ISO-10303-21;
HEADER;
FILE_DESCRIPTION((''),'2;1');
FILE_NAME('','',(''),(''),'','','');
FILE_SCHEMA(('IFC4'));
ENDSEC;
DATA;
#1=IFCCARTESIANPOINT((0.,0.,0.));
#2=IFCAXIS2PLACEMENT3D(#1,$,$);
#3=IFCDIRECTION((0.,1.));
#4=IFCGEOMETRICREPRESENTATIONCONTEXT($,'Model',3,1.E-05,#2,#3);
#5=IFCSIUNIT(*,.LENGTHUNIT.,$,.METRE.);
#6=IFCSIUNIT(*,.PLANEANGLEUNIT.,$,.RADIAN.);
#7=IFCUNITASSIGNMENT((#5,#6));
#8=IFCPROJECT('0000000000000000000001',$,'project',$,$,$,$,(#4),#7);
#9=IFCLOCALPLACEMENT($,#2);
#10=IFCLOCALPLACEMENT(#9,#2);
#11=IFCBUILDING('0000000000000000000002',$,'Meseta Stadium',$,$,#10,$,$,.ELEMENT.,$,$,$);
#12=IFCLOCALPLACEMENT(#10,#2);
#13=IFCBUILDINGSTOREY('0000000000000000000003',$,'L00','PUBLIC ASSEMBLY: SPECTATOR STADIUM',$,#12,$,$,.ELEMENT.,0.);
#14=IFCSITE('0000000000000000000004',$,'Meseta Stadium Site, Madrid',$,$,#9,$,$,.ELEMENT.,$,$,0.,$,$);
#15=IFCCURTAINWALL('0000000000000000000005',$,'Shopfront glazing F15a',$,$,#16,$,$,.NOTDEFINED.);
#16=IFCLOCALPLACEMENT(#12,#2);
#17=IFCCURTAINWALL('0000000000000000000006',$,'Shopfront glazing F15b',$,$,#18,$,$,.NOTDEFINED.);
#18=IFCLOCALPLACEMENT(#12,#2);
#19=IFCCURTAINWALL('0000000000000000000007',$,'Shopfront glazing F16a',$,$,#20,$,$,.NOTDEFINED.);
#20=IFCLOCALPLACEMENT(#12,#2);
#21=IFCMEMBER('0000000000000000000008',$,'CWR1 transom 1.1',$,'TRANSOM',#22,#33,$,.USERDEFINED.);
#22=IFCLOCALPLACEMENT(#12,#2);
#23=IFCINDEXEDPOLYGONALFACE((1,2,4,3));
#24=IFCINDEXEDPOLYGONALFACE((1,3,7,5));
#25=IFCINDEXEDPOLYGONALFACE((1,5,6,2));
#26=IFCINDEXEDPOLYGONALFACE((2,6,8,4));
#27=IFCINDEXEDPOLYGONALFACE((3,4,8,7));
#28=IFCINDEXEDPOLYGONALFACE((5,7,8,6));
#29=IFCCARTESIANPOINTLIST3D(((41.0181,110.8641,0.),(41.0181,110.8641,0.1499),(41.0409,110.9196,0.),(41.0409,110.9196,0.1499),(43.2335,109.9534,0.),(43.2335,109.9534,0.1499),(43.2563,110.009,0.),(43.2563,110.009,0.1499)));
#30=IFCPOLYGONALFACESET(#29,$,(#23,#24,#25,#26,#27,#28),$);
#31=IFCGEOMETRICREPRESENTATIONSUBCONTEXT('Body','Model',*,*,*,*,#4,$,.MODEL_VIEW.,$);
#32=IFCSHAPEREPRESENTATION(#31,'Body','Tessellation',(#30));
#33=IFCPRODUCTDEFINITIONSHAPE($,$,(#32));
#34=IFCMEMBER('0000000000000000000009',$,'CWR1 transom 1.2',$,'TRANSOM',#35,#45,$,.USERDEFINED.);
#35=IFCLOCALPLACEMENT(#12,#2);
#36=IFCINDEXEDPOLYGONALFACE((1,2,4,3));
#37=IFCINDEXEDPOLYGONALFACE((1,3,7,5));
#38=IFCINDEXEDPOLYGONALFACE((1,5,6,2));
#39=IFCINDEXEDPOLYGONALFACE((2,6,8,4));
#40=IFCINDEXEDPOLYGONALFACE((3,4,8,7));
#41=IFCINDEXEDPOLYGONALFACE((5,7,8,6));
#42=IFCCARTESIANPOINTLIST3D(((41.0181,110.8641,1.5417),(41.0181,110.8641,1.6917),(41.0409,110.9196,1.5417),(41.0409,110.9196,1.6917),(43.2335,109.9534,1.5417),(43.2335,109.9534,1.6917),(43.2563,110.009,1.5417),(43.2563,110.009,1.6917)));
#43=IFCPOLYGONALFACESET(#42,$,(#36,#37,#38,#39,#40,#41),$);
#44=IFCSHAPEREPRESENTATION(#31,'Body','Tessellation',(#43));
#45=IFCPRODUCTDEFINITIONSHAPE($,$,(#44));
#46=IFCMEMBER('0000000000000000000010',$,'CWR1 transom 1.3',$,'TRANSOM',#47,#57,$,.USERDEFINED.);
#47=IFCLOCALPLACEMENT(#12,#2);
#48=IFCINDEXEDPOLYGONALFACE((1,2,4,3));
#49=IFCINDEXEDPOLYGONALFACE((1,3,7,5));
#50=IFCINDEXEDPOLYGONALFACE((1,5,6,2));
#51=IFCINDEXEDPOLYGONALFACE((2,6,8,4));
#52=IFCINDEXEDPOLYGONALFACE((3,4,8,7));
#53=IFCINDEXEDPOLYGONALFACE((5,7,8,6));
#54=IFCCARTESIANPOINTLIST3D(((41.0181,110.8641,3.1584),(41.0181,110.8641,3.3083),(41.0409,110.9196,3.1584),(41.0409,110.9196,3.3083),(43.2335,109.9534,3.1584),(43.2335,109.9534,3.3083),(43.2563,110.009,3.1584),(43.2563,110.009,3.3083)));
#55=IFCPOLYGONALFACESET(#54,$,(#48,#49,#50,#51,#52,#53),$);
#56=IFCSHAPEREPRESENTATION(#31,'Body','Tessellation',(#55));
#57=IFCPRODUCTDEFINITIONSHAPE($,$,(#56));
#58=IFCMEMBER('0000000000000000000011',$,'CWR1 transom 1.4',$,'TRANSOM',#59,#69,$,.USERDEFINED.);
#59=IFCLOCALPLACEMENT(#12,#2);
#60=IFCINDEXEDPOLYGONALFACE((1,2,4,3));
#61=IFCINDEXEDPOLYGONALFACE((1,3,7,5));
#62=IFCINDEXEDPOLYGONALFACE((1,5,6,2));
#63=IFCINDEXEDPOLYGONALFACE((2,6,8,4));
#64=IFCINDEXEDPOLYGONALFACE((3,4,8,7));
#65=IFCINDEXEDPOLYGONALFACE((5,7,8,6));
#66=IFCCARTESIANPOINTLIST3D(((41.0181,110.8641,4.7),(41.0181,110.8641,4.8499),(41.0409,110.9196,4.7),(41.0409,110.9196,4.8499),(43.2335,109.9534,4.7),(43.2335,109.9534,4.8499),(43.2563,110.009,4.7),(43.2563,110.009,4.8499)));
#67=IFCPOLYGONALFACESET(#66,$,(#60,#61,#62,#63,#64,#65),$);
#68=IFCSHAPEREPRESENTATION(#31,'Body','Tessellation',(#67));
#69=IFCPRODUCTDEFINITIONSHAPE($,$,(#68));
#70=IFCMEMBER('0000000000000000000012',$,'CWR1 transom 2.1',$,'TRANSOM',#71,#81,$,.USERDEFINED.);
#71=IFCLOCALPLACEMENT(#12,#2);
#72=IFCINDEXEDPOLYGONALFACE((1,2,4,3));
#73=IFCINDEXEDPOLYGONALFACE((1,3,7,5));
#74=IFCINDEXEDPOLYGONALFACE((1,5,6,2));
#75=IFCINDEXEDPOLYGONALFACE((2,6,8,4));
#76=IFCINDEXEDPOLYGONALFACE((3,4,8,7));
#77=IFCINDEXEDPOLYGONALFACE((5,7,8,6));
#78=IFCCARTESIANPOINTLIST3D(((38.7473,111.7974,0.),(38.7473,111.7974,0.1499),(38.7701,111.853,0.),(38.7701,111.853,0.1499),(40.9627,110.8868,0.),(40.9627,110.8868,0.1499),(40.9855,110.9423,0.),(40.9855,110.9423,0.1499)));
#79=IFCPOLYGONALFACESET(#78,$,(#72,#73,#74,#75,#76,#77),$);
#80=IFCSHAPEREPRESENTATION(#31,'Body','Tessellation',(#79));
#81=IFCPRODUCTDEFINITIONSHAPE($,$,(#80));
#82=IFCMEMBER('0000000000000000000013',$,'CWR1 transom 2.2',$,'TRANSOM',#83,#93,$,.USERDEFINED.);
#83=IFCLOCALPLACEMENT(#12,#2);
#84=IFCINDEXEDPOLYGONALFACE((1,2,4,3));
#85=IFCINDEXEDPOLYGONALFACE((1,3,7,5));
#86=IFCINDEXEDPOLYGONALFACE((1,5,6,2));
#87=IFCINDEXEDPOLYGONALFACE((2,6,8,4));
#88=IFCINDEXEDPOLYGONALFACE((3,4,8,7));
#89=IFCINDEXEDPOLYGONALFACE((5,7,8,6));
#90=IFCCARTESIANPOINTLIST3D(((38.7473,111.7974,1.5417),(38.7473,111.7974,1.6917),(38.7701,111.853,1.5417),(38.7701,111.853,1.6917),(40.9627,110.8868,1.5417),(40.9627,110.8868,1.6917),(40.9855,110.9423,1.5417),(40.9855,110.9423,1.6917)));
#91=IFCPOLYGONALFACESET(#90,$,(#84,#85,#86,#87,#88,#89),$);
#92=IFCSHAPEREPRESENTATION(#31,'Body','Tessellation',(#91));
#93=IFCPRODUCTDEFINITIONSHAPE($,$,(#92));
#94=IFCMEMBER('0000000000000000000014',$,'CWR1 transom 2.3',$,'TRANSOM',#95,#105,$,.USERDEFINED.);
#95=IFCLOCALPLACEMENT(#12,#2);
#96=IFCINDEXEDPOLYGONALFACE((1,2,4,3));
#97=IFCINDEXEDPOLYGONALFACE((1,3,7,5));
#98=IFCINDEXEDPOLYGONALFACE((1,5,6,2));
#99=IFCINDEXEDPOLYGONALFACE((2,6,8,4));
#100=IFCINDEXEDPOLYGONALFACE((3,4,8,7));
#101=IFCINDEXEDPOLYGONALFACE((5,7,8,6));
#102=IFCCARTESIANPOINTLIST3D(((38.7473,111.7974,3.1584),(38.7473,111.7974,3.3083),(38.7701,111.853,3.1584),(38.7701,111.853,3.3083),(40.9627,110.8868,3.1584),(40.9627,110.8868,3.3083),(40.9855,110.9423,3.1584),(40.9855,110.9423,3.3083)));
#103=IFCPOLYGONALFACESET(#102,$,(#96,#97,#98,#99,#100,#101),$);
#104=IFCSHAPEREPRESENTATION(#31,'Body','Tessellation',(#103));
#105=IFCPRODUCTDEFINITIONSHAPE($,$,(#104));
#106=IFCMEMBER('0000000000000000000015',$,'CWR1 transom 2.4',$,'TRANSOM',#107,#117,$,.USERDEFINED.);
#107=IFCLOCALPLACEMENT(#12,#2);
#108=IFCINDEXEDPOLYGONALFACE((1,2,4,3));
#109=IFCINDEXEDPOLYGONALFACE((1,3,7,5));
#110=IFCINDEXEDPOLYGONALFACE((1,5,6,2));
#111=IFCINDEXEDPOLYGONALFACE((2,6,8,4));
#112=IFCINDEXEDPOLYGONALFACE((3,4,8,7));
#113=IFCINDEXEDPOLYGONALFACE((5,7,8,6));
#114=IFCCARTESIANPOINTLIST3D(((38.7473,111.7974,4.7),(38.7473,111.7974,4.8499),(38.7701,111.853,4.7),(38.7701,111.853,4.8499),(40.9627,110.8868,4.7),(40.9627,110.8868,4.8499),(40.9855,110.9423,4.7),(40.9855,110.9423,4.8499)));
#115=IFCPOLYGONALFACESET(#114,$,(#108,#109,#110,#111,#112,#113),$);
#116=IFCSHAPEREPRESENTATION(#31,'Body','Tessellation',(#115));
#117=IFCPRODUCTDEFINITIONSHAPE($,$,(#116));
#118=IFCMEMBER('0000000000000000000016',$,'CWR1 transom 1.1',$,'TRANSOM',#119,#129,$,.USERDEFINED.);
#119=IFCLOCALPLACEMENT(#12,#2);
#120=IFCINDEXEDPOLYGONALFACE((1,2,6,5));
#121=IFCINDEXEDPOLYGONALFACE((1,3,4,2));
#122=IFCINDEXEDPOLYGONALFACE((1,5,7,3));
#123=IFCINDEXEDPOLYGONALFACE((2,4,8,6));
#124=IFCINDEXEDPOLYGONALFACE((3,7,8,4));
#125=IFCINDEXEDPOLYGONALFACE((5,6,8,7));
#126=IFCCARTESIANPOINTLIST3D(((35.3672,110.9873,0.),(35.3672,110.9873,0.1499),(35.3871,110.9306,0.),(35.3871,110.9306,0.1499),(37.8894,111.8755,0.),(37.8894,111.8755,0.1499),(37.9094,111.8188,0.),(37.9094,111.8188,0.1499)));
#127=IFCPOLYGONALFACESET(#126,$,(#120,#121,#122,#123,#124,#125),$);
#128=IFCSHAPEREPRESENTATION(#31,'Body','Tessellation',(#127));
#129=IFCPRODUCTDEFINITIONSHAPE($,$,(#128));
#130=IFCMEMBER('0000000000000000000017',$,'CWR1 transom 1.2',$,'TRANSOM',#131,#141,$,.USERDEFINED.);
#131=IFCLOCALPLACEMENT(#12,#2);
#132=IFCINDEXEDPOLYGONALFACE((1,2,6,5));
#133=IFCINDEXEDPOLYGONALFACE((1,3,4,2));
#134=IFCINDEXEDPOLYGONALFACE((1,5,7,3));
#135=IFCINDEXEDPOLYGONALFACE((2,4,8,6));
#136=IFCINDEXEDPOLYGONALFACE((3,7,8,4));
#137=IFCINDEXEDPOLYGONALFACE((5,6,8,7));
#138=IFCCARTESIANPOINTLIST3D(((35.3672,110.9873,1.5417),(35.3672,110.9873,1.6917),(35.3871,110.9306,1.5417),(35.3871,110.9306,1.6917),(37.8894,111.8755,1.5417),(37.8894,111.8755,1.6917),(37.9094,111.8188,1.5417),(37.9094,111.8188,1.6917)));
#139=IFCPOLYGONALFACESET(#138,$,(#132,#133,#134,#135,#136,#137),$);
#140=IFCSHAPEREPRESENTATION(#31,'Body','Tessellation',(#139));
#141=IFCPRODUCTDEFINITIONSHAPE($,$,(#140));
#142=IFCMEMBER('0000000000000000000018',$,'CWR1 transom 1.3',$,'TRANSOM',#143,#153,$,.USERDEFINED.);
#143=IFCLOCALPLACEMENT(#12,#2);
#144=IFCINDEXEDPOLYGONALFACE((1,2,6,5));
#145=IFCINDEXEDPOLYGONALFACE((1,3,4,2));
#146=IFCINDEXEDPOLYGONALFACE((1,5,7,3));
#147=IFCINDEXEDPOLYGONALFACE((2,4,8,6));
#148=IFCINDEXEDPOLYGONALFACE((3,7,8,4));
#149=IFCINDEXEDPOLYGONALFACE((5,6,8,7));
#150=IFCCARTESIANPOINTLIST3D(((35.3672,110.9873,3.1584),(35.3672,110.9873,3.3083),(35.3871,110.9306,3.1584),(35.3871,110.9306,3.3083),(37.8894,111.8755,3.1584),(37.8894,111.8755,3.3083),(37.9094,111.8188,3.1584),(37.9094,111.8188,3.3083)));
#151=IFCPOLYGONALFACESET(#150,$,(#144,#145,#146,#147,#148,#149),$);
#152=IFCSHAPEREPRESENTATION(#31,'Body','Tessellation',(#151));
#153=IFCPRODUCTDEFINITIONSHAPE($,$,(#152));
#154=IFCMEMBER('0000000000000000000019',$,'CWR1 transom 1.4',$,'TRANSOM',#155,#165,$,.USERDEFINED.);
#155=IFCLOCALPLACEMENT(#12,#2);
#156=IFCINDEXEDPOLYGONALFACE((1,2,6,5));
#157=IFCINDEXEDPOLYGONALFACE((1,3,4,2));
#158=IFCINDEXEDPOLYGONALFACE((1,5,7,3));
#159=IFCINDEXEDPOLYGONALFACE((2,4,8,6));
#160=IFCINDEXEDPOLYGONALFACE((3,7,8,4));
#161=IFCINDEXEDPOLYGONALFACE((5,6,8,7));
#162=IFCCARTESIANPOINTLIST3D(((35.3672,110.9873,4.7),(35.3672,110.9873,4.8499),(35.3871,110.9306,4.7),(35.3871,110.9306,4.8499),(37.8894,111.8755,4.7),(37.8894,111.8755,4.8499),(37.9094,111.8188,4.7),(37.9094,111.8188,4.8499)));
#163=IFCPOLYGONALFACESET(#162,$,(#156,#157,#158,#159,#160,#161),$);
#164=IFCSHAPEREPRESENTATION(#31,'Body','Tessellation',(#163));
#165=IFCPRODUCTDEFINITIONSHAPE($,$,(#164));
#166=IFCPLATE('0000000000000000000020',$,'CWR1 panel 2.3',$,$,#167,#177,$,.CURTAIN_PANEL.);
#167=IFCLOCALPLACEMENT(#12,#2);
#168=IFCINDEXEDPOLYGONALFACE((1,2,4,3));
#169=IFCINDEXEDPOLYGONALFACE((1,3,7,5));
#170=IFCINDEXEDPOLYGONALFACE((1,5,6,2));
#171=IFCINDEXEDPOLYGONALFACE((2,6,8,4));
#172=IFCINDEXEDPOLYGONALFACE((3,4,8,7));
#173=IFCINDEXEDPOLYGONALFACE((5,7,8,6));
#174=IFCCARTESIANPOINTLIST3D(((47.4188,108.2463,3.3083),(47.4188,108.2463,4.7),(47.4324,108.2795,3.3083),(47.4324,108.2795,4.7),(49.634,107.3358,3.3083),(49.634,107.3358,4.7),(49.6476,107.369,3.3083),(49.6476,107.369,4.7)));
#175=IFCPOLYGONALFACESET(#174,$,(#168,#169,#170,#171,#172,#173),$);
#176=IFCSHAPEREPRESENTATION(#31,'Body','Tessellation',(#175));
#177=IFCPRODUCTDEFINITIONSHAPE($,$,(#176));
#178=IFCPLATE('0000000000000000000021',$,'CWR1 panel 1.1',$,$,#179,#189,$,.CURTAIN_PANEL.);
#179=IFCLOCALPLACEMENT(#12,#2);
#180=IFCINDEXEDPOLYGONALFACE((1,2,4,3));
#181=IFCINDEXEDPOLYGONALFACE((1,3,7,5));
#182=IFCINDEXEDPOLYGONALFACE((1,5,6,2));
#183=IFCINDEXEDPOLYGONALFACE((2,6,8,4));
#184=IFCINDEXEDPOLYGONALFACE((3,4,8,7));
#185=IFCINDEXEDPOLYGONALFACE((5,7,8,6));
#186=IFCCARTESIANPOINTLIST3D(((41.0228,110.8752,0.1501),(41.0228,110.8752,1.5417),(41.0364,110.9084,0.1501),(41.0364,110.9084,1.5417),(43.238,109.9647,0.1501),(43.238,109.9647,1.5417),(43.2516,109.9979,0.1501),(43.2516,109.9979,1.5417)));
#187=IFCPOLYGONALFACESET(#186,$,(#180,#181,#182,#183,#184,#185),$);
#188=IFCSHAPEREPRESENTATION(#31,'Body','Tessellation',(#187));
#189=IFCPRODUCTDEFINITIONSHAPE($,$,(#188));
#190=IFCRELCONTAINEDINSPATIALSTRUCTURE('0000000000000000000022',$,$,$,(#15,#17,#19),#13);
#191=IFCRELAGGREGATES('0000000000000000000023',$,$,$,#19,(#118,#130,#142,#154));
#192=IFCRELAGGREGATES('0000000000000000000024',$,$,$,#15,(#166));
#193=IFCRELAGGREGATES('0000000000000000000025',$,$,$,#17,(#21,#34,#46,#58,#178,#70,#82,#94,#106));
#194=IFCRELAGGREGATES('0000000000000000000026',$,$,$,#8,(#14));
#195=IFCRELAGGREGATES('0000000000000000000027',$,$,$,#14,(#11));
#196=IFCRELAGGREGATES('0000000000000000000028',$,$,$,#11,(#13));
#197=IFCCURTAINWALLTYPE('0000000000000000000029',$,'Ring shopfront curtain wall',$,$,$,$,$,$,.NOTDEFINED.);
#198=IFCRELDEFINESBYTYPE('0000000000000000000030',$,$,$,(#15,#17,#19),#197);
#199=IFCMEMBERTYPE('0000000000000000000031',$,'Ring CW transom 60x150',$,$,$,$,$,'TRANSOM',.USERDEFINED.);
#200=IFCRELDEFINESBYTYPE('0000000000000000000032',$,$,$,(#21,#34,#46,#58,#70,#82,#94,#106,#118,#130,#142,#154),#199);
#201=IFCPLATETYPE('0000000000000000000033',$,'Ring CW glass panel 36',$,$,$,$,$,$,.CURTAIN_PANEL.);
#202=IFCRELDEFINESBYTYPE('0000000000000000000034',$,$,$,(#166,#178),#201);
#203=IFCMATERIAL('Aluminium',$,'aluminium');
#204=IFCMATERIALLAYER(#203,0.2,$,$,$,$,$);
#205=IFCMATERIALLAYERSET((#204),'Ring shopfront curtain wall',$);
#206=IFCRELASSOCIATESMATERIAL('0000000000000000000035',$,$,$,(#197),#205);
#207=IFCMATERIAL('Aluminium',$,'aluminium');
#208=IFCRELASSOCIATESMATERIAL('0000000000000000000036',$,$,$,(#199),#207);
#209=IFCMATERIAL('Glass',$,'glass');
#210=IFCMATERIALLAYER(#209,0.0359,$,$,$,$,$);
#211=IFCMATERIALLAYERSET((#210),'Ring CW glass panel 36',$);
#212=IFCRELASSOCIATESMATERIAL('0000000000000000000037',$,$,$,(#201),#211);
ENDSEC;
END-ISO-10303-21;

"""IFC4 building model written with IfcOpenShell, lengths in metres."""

from ifc_helpers import new_model, si_unit, direction, frame, origin, origin_2d, place, context, subcontext, project, spatial, rectangle, extrude, material, layer, layer_set, material_profile, profile_set, type_object, element, aggregate, save


model = new_model("IFC4")

# Units and contexts
model_context = context("Model", 3, precision=1e-05, world=origin(), true_north=direction((0.0, 1.0)))
body_context = subcontext(model_context, "Body", "Model", "MODEL_VIEW")
ifc_project = project(units=[si_unit("LENGTHUNIT", "METRE"), si_unit("PLANEANGLEUNIT", "RADIAN")], contexts=[model_context])

# Site, building, storey
site_placement = place(None, origin())
site = spatial("IfcSite", under=ifc_project, at=site_placement, Name="Meseta Stadium Site, Madrid", CompositionType="ELEMENT", RefElevation=0.0)
building_placement = place(site_placement, origin())
building = spatial("IfcBuilding", under=site, at=building_placement, Name="Meseta Stadium", CompositionType="ELEMENT")
storey_placement = place(building_placement, origin())
storey = spatial("IfcBuildingStorey", under=building, at=storey_placement, Name="L00", Description="PUBLIC ASSEMBLY: SPECTATOR STADIUM", CompositionType="ELEMENT", Elevation=0.0)

# Curtain wall
ifc_material_1 = material(Name="Aluminium", Category="aluminium")
ifc_layer_1 = layer(ifc_material_1, 0.2)
ifc_layer_set_1 = layer_set([ifc_layer_1], Name="Ring shopfront curtain wall")
curtain_wall_type = type_object("IfcCurtainWallType", Name="Ring shopfront curtain wall", PredefinedType="NOTDEFINED", material=ifc_layer_set_1)
curtain_wall_1_placement = place(storey_placement, origin())
curtain_wall_1 = element("IfcCurtainWall", 1, at=curtain_wall_1_placement, inside=storey, type_object=curtain_wall_type, Name="Shopfront glazing F15a", PredefinedType="NOTDEFINED")

# Curtain wall
curtain_wall_2_placement = place(storey_placement, origin())
curtain_wall_2 = element("IfcCurtainWall", 2, at=curtain_wall_2_placement, inside=storey, type_object=curtain_wall_type, Name="Shopfront glazing F15b", PredefinedType="NOTDEFINED")

# Curtain wall
curtain_wall_3_placement = place(storey_placement, origin())
curtain_wall_3 = element("IfcCurtainWall", 3, at=curtain_wall_3_placement, inside=storey, type_object=curtain_wall_type, Name="Shopfront glazing F16a", PredefinedType="NOTDEFINED")

# Members
ifc_material_2 = material(Name="Aluminium", Category="aluminium")
ifc_material_profile_1 = material_profile(ifc_material_2, rectangle(XDim=0.0601, YDim=0.1499, at=origin_2d()), Name="CW 60x150")
ifc_profile_set_1 = profile_set([ifc_material_profile_1], Name="Aluminium")
member_type_1 = type_object("IfcMemberType", Name="Ring CW transom 60x150", ElementType="TRANSOM", PredefinedType="USERDEFINED", material=ifc_profile_set_1)
member_1_placement = place(storey_placement, frame((43.2449, 109.9812, 0.075), z_axis=(-0.924906, 0.380196, 0.0), x_axis=(-0.380196, -0.924906, 0.0)))
member_1 = element("IfcMember", 4, at=member_1_placement, type_object=member_type_1, Name="CWR1 transom 1.1", ObjectType="TRANSOM", PredefinedType="USERDEFINED", context=body_context, shape_type="SweptSolid", body=[
    extrude(rectangle(XDim=0.0601, YDim=0.1499, at=origin_2d()), origin(), (0.0, 0.0, 1.0), 2.3953),
])
member_2_placement = place(storey_placement, frame((43.2449, 109.9812, 1.6167), z_axis=(-0.924906, 0.380196, 0.0), x_axis=(-0.380196, -0.924906, 0.0)))
member_2 = element("IfcMember", 5, at=member_2_placement, type_object=member_type_1, Name="CWR1 transom 1.2", ObjectType="TRANSOM", PredefinedType="USERDEFINED", context=body_context, shape_type="SweptSolid", body=[
    extrude(rectangle(XDim=0.0601, YDim=0.1499, at=origin_2d()), origin(), (0.0, 0.0, 1.0), 2.3953),
])
member_3_placement = place(storey_placement, frame((43.2449, 109.9812, 3.2334), z_axis=(-0.924906, 0.380196, 0.0), x_axis=(-0.380196, -0.924906, 0.0)))
member_3 = element("IfcMember", 6, at=member_3_placement, type_object=member_type_1, Name="CWR1 transom 1.3", ObjectType="TRANSOM", PredefinedType="USERDEFINED", context=body_context, shape_type="SweptSolid", body=[
    extrude(rectangle(XDim=0.0601, YDim=0.1499, at=origin_2d()), origin(), (0.0, 0.0, 1.0), 2.3953),
])
member_4_placement = place(storey_placement, frame((43.2449, 109.9812, 4.7749), z_axis=(-0.924906, 0.380196, 0.0), x_axis=(-0.380196, -0.924906, 0.0)))
member_4 = element("IfcMember", 7, at=member_4_placement, type_object=member_type_1, Name="CWR1 transom 1.4", ObjectType="TRANSOM", PredefinedType="USERDEFINED", context=body_context, shape_type="SweptSolid", body=[
    extrude(rectangle(XDim=0.0601, YDim=0.1499, at=origin_2d()), origin(), (0.0, 0.0, 1.0), 2.3953),
])
member_5_placement = place(storey_placement, frame((40.9741, 110.9146, 0.075), z_axis=(-0.924906, 0.380196, 0.0), x_axis=(-0.380196, -0.924906, 0.0)))
member_5 = element("IfcMember", 8, at=member_5_placement, type_object=member_type_1, Name="CWR1 transom 2.1", ObjectType="TRANSOM", PredefinedType="USERDEFINED", context=body_context, shape_type="SweptSolid", body=[
    extrude(rectangle(XDim=0.0601, YDim=0.1499, at=origin_2d()), origin(), (0.0, 0.0, 1.0), 2.3953),
])
member_6_placement = place(storey_placement, frame((40.9741, 110.9146, 1.6167), z_axis=(-0.924906, 0.380196, 0.0), x_axis=(-0.380196, -0.924906, 0.0)))
member_6 = element("IfcMember", 9, at=member_6_placement, type_object=member_type_1, Name="CWR1 transom 2.2", ObjectType="TRANSOM", PredefinedType="USERDEFINED", context=body_context, shape_type="SweptSolid", body=[
    extrude(rectangle(XDim=0.0601, YDim=0.1499, at=origin_2d()), origin(), (0.0, 0.0, 1.0), 2.3953),
])
member_7_placement = place(storey_placement, frame((40.9741, 110.9146, 3.2334), z_axis=(-0.924906, 0.380196, 0.0), x_axis=(-0.380196, -0.924906, 0.0)))
member_7 = element("IfcMember", 10, at=member_7_placement, type_object=member_type_1, Name="CWR1 transom 2.3", ObjectType="TRANSOM", PredefinedType="USERDEFINED", context=body_context, shape_type="SweptSolid", body=[
    extrude(rectangle(XDim=0.0601, YDim=0.1499, at=origin_2d()), origin(), (0.0, 0.0, 1.0), 2.3953),
])
member_8_placement = place(storey_placement, frame((40.9741, 110.9146, 4.7749), z_axis=(-0.924906, 0.380196, 0.0), x_axis=(-0.380196, -0.924906, 0.0)))
member_8 = element("IfcMember", 11, at=member_8_placement, type_object=member_type_1, Name="CWR1 transom 2.4", ObjectType="TRANSOM", PredefinedType="USERDEFINED", context=body_context, shape_type="SweptSolid", body=[
    extrude(rectangle(XDim=0.0601, YDim=0.1499, at=origin_2d()), origin(), (0.0, 0.0, 1.0), 2.3953),
])
member_9_placement = place(storey_placement, frame((37.8994, 111.8472, 0.075), z_axis=(-0.943226, -0.332151, 0.0), x_axis=(0.332151, -0.943226, 0.0)))
member_9 = element("IfcMember", 12, at=member_9_placement, type_object=member_type_1, Name="CWR1 transom 1.1", ObjectType="TRANSOM", PredefinedType="USERDEFINED", context=body_context, shape_type="SweptSolid", body=[
    extrude(rectangle(XDim=0.0601, YDim=0.1499, at=origin_2d()), origin(), (0.0, 0.0, 1.0), 2.6741),
])
member_10_placement = place(storey_placement, frame((37.8994, 111.8472, 1.6167), z_axis=(-0.943226, -0.332151, 0.0), x_axis=(0.332151, -0.943226, 0.0)))
member_10 = element("IfcMember", 13, at=member_10_placement, type_object=member_type_1, Name="CWR1 transom 1.2", ObjectType="TRANSOM", PredefinedType="USERDEFINED", context=body_context, shape_type="SweptSolid", body=[
    extrude(rectangle(XDim=0.0601, YDim=0.1499, at=origin_2d()), origin(), (0.0, 0.0, 1.0), 2.6741),
])
member_11_placement = place(storey_placement, frame((37.8994, 111.8472, 3.2334), z_axis=(-0.943226, -0.332151, 0.0), x_axis=(0.332151, -0.943226, 0.0)))
member_11 = element("IfcMember", 14, at=member_11_placement, type_object=member_type_1, Name="CWR1 transom 1.3", ObjectType="TRANSOM", PredefinedType="USERDEFINED", context=body_context, shape_type="SweptSolid", body=[
    extrude(rectangle(XDim=0.0601, YDim=0.1499, at=origin_2d()), origin(), (0.0, 0.0, 1.0), 2.6741),
])
member_12_placement = place(storey_placement, frame((37.8994, 111.8472, 4.7749), z_axis=(-0.943226, -0.332151, 0.0), x_axis=(0.332151, -0.943226, 0.0)))
member_12 = element("IfcMember", 15, at=member_12_placement, type_object=member_type_1, Name="CWR1 transom 1.4", ObjectType="TRANSOM", PredefinedType="USERDEFINED", context=body_context, shape_type="SweptSolid", body=[
    extrude(rectangle(XDim=0.0601, YDim=0.1499, at=origin_2d()), origin(), (0.0, 0.0, 1.0), 2.6741),
])
aggregate(curtain_wall_3, [member_9, member_10, member_11, member_12])

# Plates
ifc_material_3 = material(Name="Glass", Category="glass")
ifc_layer_2 = layer(ifc_material_3, 0.0359)
ifc_layer_set_2 = layer_set([ifc_layer_2], Name="Ring CW glass panel 36")
plate_type = type_object("IfcPlateType", Name="Ring CW glass panel 36", PredefinedType="CURTAIN_PANEL", material=ifc_layer_set_2)
plate_1_placement = place(storey_placement, frame((48.5332, 107.8076, 3.3083), z_axis=(0.0, 0.0, 1.0), x_axis=(-0.92492, 0.380161, 0.0)))
plate_1 = element("IfcPlate", 16, at=plate_1_placement, type_object=plate_type, Name="CWR1 panel 2.3", PredefinedType="CURTAIN_PANEL", context=body_context, shape_type="SweptSolid", body=[
    extrude(rectangle(XDim=2.395, YDim=0.0359, at=origin_2d()), origin(), (0.0, 0.0, 1.0), 1.3916),
])
aggregate(curtain_wall_1, [plate_1])
plate_2_placement = place(storey_placement, frame((42.1372, 110.4365, 0.1501), z_axis=(0.0, 0.0, 1.0), x_axis=(-0.92492, 0.380161, 0.0)))
plate_2 = element("IfcPlate", 17, at=plate_2_placement, type_object=plate_type, Name="CWR1 panel 1.1", PredefinedType="CURTAIN_PANEL", context=body_context, shape_type="SweptSolid", body=[
    extrude(rectangle(XDim=2.395, YDim=0.0359, at=origin_2d()), origin(), (0.0, 0.0, 1.0), 1.3916),
])
aggregate(curtain_wall_2, [member_1, member_2, member_3, member_4, plate_2, member_5, member_6, member_7, member_8])

save(model, "model.ifc")
